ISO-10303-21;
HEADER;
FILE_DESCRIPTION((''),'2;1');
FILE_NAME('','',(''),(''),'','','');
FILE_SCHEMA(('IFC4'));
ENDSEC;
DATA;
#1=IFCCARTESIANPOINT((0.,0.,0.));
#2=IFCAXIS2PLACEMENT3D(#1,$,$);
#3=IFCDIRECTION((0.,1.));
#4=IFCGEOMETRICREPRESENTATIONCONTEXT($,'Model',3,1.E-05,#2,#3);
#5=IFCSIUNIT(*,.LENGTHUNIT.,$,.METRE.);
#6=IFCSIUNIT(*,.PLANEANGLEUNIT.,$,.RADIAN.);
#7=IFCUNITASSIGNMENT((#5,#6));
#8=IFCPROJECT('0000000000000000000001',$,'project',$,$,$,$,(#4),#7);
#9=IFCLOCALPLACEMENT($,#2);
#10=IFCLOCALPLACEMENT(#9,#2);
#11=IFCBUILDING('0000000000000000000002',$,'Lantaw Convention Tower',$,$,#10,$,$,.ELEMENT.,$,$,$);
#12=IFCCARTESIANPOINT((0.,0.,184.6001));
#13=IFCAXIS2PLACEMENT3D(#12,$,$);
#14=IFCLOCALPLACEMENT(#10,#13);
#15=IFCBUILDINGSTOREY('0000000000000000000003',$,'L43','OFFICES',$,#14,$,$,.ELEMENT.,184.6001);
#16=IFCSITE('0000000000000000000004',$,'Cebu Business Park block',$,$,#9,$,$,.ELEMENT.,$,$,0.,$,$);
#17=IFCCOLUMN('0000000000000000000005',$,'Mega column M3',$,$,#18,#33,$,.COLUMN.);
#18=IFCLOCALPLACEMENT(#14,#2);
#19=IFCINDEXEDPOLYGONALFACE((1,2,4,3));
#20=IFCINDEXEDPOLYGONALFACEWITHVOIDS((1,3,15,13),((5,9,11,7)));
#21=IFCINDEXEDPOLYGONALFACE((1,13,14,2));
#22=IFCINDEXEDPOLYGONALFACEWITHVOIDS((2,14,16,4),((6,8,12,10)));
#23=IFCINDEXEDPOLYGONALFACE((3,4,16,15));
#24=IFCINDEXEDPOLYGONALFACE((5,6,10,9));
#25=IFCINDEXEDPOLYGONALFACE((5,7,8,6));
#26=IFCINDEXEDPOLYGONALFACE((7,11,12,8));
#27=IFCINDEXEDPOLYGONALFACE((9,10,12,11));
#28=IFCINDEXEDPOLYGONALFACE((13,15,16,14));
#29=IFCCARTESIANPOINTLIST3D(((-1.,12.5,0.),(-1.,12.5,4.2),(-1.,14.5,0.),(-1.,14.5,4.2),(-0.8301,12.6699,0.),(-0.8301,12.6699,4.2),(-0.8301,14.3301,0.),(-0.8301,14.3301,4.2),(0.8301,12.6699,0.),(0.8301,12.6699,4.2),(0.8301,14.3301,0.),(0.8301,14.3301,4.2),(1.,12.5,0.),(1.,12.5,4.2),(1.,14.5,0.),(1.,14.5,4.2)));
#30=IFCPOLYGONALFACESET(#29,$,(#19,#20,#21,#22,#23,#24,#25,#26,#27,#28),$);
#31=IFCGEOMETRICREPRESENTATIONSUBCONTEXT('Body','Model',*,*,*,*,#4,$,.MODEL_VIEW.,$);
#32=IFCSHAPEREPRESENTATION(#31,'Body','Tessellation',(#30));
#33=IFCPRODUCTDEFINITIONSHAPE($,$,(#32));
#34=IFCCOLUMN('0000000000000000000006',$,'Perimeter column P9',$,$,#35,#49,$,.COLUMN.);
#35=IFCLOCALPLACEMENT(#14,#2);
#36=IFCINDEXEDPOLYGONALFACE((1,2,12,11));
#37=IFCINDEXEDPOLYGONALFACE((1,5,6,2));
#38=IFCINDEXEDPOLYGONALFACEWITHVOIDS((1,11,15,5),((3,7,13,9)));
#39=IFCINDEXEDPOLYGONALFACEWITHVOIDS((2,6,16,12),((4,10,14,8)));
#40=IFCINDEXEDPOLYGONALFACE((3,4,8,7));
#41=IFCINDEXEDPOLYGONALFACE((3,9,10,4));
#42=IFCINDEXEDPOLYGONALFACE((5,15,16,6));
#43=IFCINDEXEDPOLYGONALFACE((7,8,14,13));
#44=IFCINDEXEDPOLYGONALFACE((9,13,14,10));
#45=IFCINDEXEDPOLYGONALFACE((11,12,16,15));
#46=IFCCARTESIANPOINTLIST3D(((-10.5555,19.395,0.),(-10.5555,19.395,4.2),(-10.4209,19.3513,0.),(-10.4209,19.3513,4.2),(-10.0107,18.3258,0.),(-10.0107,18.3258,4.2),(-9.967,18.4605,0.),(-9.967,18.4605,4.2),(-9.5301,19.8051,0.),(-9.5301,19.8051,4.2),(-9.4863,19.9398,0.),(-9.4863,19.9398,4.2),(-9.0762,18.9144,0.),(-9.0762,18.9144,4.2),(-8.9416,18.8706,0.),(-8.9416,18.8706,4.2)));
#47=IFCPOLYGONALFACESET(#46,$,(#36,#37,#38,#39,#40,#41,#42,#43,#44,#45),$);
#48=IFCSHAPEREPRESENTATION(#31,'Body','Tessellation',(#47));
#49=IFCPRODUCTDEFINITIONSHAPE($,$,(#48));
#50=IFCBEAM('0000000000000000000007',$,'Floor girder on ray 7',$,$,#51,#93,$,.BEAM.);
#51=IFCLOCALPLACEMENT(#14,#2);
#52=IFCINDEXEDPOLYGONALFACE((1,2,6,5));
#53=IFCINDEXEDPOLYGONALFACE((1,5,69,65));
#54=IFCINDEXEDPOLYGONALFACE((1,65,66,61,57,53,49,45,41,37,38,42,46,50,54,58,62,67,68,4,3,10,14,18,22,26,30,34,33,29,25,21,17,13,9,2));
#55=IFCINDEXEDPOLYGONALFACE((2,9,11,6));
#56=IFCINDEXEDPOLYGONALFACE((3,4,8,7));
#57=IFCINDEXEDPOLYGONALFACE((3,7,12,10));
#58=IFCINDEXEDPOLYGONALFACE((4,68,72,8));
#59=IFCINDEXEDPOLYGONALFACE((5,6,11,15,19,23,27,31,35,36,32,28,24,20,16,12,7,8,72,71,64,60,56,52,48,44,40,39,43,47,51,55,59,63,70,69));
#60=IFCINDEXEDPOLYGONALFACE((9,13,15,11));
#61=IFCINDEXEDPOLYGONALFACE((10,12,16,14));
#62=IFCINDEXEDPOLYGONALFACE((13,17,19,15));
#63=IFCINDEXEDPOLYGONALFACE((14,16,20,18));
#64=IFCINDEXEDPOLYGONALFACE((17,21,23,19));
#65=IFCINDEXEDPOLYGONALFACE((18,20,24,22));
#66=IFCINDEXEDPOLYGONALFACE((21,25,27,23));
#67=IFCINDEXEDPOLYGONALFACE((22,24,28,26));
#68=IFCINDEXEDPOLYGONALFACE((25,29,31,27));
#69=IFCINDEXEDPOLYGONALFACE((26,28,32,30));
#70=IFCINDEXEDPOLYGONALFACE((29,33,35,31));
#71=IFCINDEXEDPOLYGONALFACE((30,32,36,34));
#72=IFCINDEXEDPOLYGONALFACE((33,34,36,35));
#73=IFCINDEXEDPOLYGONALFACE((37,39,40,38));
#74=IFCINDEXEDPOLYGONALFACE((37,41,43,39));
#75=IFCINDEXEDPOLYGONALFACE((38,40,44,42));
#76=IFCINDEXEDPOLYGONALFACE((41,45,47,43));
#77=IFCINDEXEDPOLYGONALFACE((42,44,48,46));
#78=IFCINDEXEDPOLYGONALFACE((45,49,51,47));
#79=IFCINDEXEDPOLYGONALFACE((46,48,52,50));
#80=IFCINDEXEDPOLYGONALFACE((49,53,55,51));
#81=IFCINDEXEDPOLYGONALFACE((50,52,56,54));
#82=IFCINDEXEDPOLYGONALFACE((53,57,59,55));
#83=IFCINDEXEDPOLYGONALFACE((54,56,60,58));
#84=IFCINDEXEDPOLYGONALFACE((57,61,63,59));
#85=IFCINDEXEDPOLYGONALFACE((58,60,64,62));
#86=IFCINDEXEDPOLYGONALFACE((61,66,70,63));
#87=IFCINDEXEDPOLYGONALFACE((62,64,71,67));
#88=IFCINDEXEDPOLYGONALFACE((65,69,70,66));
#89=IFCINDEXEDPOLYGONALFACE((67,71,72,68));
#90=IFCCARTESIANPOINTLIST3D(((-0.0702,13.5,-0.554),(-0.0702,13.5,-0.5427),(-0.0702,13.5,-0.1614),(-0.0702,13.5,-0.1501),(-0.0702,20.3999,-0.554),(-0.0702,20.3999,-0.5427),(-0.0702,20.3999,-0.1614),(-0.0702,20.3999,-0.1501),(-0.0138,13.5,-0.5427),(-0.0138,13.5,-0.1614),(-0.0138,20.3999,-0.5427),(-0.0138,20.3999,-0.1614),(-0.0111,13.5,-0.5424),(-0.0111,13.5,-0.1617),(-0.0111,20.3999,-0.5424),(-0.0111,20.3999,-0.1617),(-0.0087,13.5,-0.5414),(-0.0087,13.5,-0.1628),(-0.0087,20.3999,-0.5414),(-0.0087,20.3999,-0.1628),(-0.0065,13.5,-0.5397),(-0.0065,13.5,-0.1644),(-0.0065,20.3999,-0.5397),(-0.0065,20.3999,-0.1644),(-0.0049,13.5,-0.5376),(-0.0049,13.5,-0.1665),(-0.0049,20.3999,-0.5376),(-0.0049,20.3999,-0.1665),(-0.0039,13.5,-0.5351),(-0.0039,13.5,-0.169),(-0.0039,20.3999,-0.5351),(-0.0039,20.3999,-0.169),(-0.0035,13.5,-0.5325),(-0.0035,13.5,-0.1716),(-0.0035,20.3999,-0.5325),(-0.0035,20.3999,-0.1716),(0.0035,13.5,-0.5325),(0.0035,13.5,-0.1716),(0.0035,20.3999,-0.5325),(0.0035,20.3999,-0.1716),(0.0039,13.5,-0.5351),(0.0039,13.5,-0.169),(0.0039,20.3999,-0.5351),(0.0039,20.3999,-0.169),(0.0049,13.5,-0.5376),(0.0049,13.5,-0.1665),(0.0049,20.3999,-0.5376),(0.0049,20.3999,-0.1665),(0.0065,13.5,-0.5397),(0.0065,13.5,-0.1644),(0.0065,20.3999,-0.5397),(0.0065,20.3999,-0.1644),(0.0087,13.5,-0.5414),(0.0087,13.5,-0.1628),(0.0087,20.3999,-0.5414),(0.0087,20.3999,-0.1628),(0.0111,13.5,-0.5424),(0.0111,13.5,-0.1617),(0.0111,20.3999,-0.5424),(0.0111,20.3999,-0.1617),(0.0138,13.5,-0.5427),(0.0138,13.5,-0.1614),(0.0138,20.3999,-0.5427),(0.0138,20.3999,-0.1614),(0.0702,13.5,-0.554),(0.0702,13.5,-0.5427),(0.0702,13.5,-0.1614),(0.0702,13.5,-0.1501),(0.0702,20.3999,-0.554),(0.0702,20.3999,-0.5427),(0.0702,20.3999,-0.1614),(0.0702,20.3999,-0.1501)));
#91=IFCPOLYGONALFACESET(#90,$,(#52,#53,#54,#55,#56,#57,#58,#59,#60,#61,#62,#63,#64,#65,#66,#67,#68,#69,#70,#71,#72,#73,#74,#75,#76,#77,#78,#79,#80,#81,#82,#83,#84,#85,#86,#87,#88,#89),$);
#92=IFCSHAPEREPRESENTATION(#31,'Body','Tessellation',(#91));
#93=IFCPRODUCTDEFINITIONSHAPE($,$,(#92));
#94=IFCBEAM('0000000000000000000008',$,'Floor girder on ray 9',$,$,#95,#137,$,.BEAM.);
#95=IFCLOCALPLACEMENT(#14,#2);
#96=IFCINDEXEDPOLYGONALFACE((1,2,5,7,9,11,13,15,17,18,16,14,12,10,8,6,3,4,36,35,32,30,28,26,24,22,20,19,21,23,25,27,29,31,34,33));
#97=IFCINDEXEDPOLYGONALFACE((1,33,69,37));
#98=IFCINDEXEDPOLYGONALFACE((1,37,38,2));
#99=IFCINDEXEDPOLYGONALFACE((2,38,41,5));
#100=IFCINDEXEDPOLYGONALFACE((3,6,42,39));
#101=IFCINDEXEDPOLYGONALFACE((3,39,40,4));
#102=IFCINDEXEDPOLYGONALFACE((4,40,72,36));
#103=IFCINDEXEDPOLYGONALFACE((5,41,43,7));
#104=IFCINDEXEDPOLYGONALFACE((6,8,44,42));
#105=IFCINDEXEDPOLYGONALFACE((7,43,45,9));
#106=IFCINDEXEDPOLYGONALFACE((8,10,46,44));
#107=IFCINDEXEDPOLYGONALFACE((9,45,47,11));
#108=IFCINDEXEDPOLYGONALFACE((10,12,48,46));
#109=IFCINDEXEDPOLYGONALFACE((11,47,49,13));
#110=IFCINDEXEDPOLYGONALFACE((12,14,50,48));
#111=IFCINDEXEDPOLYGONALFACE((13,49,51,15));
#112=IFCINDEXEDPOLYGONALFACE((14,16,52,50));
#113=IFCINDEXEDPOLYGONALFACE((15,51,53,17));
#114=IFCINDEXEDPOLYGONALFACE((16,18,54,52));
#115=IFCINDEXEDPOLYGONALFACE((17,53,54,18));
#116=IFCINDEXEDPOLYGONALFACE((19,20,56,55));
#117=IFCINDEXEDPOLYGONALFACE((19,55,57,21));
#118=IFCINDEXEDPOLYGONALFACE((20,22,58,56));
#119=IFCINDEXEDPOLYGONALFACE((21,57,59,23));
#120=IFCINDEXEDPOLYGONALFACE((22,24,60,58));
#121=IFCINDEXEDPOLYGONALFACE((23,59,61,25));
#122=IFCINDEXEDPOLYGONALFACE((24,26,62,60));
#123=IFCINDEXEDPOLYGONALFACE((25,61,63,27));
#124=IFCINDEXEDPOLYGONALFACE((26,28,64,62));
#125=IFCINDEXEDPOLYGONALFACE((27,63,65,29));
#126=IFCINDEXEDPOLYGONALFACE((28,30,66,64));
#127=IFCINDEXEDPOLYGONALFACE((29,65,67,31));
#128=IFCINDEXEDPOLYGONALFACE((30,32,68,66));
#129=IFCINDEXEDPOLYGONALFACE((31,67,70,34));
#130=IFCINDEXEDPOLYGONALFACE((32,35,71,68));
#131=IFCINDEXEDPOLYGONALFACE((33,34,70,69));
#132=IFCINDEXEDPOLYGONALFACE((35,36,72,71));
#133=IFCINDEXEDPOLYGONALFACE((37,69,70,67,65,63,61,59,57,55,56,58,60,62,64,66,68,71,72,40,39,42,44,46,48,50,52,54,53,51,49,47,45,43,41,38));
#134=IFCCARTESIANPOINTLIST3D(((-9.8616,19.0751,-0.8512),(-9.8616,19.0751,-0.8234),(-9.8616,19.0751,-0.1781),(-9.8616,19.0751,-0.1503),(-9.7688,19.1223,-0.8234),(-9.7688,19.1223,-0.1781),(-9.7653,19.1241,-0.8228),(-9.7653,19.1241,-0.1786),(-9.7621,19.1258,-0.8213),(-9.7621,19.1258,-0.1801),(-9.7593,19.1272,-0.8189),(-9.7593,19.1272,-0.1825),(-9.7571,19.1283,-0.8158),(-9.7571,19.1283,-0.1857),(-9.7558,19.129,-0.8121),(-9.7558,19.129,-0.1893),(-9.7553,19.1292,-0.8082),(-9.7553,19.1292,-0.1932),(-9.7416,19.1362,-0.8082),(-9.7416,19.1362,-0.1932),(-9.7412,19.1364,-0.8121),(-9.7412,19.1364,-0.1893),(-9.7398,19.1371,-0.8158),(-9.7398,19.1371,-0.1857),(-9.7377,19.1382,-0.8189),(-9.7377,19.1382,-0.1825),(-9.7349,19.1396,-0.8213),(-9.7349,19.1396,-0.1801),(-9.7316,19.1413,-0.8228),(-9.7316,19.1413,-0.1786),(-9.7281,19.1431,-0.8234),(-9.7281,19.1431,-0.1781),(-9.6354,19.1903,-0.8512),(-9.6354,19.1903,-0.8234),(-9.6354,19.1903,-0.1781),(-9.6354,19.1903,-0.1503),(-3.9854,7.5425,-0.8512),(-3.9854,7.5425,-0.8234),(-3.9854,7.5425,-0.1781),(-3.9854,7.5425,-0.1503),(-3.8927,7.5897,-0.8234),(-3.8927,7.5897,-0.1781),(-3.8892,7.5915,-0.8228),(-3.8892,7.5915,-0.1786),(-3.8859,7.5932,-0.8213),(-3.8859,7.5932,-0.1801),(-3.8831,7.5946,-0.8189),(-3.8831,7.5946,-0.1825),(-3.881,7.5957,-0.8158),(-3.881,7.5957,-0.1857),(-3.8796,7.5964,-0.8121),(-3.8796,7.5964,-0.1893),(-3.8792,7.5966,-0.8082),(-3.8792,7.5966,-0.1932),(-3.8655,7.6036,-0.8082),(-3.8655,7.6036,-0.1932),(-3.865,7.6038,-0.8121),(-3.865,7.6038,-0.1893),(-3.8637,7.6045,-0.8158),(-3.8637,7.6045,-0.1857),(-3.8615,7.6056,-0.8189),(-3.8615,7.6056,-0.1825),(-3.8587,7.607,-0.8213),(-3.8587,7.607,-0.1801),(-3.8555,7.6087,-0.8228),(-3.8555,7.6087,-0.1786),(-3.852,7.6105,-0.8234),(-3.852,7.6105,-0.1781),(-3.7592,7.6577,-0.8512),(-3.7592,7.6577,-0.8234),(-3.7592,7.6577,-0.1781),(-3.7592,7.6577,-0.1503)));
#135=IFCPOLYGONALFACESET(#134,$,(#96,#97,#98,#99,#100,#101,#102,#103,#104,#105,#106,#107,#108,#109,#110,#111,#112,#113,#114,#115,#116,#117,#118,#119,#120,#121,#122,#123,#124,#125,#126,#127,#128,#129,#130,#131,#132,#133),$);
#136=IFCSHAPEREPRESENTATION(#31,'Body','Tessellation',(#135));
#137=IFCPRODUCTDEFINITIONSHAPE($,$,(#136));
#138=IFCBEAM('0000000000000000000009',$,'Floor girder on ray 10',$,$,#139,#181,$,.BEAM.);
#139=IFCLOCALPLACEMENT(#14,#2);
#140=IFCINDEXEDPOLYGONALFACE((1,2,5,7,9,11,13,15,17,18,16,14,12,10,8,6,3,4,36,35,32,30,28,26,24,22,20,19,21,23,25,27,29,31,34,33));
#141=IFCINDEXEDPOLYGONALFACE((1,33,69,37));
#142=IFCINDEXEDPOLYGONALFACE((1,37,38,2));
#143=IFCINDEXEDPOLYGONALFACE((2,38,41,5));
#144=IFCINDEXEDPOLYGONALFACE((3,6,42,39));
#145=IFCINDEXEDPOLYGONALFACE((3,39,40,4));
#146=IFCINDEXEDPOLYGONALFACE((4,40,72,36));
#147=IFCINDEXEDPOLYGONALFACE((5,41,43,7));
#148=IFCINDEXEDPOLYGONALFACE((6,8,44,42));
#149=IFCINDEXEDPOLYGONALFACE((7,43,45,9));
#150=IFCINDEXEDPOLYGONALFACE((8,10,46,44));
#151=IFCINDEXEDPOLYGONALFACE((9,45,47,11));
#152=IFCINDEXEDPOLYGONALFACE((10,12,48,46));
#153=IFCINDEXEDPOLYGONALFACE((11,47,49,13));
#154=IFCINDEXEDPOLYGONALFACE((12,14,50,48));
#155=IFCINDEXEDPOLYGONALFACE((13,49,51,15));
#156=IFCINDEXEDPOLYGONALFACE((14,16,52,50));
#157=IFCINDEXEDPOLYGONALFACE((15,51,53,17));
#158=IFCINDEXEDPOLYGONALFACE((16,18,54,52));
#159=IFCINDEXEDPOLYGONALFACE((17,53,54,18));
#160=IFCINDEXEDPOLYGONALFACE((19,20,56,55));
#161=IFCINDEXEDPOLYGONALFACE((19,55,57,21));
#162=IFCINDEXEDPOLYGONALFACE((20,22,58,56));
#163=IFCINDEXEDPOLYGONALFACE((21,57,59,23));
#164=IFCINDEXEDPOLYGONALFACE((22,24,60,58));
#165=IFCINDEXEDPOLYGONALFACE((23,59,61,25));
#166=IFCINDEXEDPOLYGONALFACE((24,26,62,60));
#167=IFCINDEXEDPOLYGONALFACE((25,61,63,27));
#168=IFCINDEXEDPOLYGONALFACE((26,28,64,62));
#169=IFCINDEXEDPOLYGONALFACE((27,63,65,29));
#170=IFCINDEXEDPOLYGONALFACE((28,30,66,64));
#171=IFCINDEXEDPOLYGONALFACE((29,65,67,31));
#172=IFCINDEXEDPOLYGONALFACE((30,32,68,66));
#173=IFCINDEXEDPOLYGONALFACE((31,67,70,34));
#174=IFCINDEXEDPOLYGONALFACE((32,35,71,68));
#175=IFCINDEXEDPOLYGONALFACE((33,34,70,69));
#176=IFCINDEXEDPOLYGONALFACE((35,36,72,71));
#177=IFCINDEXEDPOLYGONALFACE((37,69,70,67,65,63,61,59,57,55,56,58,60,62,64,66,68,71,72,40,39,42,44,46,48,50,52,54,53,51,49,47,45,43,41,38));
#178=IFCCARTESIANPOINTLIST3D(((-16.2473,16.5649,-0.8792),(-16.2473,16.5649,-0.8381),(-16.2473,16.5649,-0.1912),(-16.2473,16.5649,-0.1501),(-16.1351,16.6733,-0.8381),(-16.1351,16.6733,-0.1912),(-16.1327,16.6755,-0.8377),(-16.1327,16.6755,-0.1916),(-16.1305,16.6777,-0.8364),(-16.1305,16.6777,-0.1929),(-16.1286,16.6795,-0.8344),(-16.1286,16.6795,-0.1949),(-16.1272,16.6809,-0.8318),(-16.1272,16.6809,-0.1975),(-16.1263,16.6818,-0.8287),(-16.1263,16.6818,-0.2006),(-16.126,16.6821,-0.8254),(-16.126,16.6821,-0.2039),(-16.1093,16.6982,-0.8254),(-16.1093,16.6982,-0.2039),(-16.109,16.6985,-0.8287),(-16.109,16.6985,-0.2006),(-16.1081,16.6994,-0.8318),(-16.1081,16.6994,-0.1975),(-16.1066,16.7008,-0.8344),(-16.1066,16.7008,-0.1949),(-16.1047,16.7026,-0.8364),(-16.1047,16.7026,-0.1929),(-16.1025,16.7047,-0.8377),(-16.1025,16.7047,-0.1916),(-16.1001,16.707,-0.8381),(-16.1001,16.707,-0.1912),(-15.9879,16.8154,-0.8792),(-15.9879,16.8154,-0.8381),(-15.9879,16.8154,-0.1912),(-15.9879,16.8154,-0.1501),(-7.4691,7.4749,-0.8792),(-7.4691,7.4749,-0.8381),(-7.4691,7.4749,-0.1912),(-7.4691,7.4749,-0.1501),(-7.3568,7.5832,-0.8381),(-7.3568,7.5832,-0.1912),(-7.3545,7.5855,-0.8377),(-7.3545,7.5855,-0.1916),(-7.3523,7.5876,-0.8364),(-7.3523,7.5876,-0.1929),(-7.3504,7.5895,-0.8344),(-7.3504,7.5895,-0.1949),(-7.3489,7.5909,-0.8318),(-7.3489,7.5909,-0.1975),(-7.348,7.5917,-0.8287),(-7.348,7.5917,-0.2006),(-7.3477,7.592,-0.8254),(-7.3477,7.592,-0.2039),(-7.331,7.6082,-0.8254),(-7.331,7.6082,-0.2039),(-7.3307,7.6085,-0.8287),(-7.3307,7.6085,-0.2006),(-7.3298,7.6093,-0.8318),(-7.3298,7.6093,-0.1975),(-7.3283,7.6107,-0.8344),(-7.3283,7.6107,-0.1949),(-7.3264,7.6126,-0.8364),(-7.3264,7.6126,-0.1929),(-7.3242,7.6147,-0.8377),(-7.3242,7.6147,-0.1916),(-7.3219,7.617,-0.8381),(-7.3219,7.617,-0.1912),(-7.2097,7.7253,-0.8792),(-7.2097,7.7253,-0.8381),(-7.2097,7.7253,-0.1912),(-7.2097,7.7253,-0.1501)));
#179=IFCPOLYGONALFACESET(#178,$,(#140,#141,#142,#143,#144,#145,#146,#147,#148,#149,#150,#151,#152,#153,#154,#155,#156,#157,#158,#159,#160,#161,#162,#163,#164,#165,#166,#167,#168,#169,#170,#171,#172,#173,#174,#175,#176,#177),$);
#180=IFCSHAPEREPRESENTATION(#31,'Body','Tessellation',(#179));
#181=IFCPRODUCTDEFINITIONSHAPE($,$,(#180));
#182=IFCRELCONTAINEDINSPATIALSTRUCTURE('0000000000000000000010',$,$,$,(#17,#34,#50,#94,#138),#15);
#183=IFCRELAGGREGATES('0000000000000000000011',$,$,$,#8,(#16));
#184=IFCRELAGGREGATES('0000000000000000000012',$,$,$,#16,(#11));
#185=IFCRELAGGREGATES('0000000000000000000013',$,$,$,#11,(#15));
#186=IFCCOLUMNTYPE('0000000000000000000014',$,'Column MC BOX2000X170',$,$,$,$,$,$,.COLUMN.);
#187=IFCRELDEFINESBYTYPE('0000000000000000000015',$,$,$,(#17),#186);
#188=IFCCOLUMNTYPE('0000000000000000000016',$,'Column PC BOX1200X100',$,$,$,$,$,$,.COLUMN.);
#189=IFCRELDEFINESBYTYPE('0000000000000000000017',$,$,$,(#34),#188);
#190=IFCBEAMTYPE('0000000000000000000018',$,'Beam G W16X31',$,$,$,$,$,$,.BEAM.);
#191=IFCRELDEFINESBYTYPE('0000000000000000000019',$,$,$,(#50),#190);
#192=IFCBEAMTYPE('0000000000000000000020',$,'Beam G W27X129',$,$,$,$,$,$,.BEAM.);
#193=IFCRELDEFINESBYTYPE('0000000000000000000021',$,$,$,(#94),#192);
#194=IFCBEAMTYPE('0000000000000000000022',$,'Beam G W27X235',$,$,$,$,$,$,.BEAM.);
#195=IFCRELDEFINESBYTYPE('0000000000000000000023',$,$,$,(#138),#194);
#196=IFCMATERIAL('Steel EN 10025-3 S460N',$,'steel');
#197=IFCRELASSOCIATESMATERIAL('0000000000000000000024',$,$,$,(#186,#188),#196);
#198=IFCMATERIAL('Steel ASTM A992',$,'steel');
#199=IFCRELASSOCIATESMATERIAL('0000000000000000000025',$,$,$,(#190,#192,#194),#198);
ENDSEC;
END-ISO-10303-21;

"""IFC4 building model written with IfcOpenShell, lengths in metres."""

from ifc_helpers import new_model, si_unit, direction, frame, origin, origin_2d, place, context, subcontext, project, spatial, rectangle, hollow_rectangle, i_section, extrude, material, material_profile, profile_set, type_object, element, save


model = new_model("IFC4")

# Units and contexts
model_context = context("Model", 3, precision=1e-05, world=origin(), true_north=direction((0.0, 1.0)))
body_context = subcontext(model_context, "Body", "Model", "MODEL_VIEW")
ifc_project = project(units=[si_unit("LENGTHUNIT", "METRE"), si_unit("PLANEANGLEUNIT", "RADIAN")], contexts=[model_context])

# Site, building, storey
site_placement = place(None, origin())
site = spatial("IfcSite", under=ifc_project, at=site_placement, Name="Cebu Business Park block", CompositionType="ELEMENT", RefElevation=0.0)
building_placement = place(site_placement, origin())
building = spatial("IfcBuilding", under=site, at=building_placement, Name="Lantaw Convention Tower", CompositionType="ELEMENT")
storey_placement = place(building_placement, frame((0.0, 0.0, 184.6001)))
storey = spatial("IfcBuildingStorey", under=building, at=storey_placement, Name="L43", Description="OFFICES", CompositionType="ELEMENT", Elevation=184.6001)

# Columns
ifc_material_1 = material(Name="Steel EN 10025-3 S460N", Category="steel")
ifc_material_profile_1 = material_profile(ifc_material_1, hollow_rectangle(XDim=2.0, YDim=2.0, WallThickness=0.1699, at=origin_2d()), Name="BOX2000X170")
ifc_material_2 = material(Name="Concrete C60/75", Category="concrete")
ifc_material_profile_2 = material_profile(ifc_material_2, rectangle(XDim=1.6599, YDim=1.6599, at=origin_2d()), Name="Concrete fill of BOX2000X170")
ifc_profile_set_1 = profile_set([ifc_material_profile_1, ifc_material_profile_2], Name="Steel EN 10025-3 S460N")
column_type_1 = type_object("IfcColumnType", Name="Column MC BOX2000X170", PredefinedType="COLUMN", material=ifc_profile_set_1)
column_1_placement = place(storey_placement, frame((0.0, 13.5, 0.0), z_axis=(0.0, 0.0, 1.0), x_axis=(1.0, 0.0, 0.0)))
element("IfcColumn", 1, at=column_1_placement, inside=storey, type_object=column_type_1, Name="Mega column M3", PredefinedType="COLUMN", context=body_context, shape_type="SweptSolid", body=[
    extrude(hollow_rectangle(XDim=2.0, YDim=2.0, WallThickness=0.1699, at=origin_2d()), origin(), (0.0, 0.0, 1.0), 4.2),
])
ifc_material_profile_3 = material_profile(ifc_material_1, hollow_rectangle(XDim=1.2, YDim=1.2, WallThickness=0.1001, at=origin_2d()), Name="BOX1200X100")
ifc_material_profile_4 = material_profile(ifc_material_2, rectangle(XDim=1.0, YDim=1.0, at=origin_2d()), Name="Concrete fill of BOX1200X100")
ifc_profile_set_2 = profile_set([ifc_material_profile_3, ifc_material_profile_4], Name="Steel EN 10025-3 S460N")
column_type_2 = type_object("IfcColumnType", Name="Column PC BOX1200X100", PredefinedType="COLUMN", material=ifc_profile_set_2)
column_2_placement = place(storey_placement, frame((-9.7485, 19.1328, 0.0), z_axis=(0.0, 0.0, 1.0), x_axis=(0.891007, 0.45399, 0.0)))
element("IfcColumn", 2, at=column_2_placement, inside=storey, type_object=column_type_2, Name="Perimeter column P9", PredefinedType="COLUMN", context=body_context, shape_type="SweptSolid", body=[
    extrude(hollow_rectangle(XDim=1.2, YDim=1.2, WallThickness=0.1001, at=origin_2d()), origin(), (0.0, 0.0, 1.0), 4.2),
])

# Beams
ifc_material_3 = material(Name="Steel ASTM A992", Category="steel")
ifc_material_profile_5 = material_profile(ifc_material_3, i_section(OverallWidth=0.1404, OverallDepth=0.4038, WebThickness=0.0071, FlangeThickness=0.0112, FilletRadius=0.0103, at=origin_2d()), Name="W16X31")
ifc_profile_set_3 = profile_set([ifc_material_profile_5], Name="Steel ASTM A992")
beam_type_1 = type_object("IfcBeamType", Name="Beam G W16X31", PredefinedType="BEAM", material=ifc_profile_set_3)
beam_1_placement = place(storey_placement, frame((0.0, 13.5, -0.3521), z_axis=(0.0, 1.0, 0.0), x_axis=(-1.0, 0.0, 0.0)))
element("IfcBeam", 3, at=beam_1_placement, inside=storey, type_object=beam_type_1, Name="Floor girder on ray 7", PredefinedType="BEAM", context=body_context, shape_type="SweptSolid", body=[
    extrude(i_section(OverallWidth=0.1404, OverallDepth=0.4038, WebThickness=0.0071, FlangeThickness=0.0112, FilletRadius=0.0103, at=origin_2d()), origin(), (0.0, 0.0, 1.0), 6.8999),
])
ifc_material_profile_6 = material_profile(ifc_material_3, i_section(OverallWidth=0.2539, OverallDepth=0.7009, WebThickness=0.0154, FlangeThickness=0.0278, FilletRadius=0.0151, at=origin_2d()), Name="W27X129")
ifc_profile_set_4 = profile_set([ifc_material_profile_6], Name="Steel ASTM A992")
beam_type_2 = type_object("IfcBeamType", Name="Beam G W27X129", PredefinedType="BEAM", material=ifc_profile_set_4)
beam_2_placement = place(storey_placement, frame((-3.8723, 7.6001, -0.5007), z_axis=(-0.453991, 0.891006, 0.0), x_axis=(-0.891006, -0.453991, 0.0)))
element("IfcBeam", 4, at=beam_2_placement, inside=storey, type_object=beam_type_2, Name="Floor girder on ray 9", PredefinedType="BEAM", context=body_context, shape_type="SweptSolid", body=[
    extrude(i_section(OverallWidth=0.2539, OverallDepth=0.7009, WebThickness=0.0154, FlangeThickness=0.0278, FilletRadius=0.0151, at=origin_2d()), origin(), (0.0, 0.0, 1.0), 12.9434),
])
ifc_material_profile_7 = material_profile(ifc_material_3, i_section(OverallWidth=0.3606, OverallDepth=0.729, WebThickness=0.0232, FlangeThickness=0.041, FilletRadius=0.0127, at=origin_2d()), Name="W27X235")
ifc_profile_set_5 = profile_set([ifc_material_profile_7], Name="Steel ASTM A992")
beam_type_3 = type_object("IfcBeamType", Name="Beam G W27X235", PredefinedType="BEAM", material=ifc_profile_set_5)
beam_3_placement = place(storey_placement, frame((-7.3394, 7.6001, -0.5146), z_axis=(-0.694663, 0.719335, 0.0), x_axis=(-0.719335, -0.694663, 0.0)))
element("IfcBeam", 5, at=beam_3_placement, inside=storey, type_object=beam_type_3, Name="Floor girder on ray 10", PredefinedType="BEAM", context=body_context, shape_type="SweptSolid", body=[
    extrude(i_section(OverallWidth=0.3606, OverallDepth=0.729, WebThickness=0.0232, FlangeThickness=0.041, FilletRadius=0.0127, at=origin_2d()), origin(), (0.0, 0.0, 1.0), 12.6367),
])

save(model, "model.ifc")
